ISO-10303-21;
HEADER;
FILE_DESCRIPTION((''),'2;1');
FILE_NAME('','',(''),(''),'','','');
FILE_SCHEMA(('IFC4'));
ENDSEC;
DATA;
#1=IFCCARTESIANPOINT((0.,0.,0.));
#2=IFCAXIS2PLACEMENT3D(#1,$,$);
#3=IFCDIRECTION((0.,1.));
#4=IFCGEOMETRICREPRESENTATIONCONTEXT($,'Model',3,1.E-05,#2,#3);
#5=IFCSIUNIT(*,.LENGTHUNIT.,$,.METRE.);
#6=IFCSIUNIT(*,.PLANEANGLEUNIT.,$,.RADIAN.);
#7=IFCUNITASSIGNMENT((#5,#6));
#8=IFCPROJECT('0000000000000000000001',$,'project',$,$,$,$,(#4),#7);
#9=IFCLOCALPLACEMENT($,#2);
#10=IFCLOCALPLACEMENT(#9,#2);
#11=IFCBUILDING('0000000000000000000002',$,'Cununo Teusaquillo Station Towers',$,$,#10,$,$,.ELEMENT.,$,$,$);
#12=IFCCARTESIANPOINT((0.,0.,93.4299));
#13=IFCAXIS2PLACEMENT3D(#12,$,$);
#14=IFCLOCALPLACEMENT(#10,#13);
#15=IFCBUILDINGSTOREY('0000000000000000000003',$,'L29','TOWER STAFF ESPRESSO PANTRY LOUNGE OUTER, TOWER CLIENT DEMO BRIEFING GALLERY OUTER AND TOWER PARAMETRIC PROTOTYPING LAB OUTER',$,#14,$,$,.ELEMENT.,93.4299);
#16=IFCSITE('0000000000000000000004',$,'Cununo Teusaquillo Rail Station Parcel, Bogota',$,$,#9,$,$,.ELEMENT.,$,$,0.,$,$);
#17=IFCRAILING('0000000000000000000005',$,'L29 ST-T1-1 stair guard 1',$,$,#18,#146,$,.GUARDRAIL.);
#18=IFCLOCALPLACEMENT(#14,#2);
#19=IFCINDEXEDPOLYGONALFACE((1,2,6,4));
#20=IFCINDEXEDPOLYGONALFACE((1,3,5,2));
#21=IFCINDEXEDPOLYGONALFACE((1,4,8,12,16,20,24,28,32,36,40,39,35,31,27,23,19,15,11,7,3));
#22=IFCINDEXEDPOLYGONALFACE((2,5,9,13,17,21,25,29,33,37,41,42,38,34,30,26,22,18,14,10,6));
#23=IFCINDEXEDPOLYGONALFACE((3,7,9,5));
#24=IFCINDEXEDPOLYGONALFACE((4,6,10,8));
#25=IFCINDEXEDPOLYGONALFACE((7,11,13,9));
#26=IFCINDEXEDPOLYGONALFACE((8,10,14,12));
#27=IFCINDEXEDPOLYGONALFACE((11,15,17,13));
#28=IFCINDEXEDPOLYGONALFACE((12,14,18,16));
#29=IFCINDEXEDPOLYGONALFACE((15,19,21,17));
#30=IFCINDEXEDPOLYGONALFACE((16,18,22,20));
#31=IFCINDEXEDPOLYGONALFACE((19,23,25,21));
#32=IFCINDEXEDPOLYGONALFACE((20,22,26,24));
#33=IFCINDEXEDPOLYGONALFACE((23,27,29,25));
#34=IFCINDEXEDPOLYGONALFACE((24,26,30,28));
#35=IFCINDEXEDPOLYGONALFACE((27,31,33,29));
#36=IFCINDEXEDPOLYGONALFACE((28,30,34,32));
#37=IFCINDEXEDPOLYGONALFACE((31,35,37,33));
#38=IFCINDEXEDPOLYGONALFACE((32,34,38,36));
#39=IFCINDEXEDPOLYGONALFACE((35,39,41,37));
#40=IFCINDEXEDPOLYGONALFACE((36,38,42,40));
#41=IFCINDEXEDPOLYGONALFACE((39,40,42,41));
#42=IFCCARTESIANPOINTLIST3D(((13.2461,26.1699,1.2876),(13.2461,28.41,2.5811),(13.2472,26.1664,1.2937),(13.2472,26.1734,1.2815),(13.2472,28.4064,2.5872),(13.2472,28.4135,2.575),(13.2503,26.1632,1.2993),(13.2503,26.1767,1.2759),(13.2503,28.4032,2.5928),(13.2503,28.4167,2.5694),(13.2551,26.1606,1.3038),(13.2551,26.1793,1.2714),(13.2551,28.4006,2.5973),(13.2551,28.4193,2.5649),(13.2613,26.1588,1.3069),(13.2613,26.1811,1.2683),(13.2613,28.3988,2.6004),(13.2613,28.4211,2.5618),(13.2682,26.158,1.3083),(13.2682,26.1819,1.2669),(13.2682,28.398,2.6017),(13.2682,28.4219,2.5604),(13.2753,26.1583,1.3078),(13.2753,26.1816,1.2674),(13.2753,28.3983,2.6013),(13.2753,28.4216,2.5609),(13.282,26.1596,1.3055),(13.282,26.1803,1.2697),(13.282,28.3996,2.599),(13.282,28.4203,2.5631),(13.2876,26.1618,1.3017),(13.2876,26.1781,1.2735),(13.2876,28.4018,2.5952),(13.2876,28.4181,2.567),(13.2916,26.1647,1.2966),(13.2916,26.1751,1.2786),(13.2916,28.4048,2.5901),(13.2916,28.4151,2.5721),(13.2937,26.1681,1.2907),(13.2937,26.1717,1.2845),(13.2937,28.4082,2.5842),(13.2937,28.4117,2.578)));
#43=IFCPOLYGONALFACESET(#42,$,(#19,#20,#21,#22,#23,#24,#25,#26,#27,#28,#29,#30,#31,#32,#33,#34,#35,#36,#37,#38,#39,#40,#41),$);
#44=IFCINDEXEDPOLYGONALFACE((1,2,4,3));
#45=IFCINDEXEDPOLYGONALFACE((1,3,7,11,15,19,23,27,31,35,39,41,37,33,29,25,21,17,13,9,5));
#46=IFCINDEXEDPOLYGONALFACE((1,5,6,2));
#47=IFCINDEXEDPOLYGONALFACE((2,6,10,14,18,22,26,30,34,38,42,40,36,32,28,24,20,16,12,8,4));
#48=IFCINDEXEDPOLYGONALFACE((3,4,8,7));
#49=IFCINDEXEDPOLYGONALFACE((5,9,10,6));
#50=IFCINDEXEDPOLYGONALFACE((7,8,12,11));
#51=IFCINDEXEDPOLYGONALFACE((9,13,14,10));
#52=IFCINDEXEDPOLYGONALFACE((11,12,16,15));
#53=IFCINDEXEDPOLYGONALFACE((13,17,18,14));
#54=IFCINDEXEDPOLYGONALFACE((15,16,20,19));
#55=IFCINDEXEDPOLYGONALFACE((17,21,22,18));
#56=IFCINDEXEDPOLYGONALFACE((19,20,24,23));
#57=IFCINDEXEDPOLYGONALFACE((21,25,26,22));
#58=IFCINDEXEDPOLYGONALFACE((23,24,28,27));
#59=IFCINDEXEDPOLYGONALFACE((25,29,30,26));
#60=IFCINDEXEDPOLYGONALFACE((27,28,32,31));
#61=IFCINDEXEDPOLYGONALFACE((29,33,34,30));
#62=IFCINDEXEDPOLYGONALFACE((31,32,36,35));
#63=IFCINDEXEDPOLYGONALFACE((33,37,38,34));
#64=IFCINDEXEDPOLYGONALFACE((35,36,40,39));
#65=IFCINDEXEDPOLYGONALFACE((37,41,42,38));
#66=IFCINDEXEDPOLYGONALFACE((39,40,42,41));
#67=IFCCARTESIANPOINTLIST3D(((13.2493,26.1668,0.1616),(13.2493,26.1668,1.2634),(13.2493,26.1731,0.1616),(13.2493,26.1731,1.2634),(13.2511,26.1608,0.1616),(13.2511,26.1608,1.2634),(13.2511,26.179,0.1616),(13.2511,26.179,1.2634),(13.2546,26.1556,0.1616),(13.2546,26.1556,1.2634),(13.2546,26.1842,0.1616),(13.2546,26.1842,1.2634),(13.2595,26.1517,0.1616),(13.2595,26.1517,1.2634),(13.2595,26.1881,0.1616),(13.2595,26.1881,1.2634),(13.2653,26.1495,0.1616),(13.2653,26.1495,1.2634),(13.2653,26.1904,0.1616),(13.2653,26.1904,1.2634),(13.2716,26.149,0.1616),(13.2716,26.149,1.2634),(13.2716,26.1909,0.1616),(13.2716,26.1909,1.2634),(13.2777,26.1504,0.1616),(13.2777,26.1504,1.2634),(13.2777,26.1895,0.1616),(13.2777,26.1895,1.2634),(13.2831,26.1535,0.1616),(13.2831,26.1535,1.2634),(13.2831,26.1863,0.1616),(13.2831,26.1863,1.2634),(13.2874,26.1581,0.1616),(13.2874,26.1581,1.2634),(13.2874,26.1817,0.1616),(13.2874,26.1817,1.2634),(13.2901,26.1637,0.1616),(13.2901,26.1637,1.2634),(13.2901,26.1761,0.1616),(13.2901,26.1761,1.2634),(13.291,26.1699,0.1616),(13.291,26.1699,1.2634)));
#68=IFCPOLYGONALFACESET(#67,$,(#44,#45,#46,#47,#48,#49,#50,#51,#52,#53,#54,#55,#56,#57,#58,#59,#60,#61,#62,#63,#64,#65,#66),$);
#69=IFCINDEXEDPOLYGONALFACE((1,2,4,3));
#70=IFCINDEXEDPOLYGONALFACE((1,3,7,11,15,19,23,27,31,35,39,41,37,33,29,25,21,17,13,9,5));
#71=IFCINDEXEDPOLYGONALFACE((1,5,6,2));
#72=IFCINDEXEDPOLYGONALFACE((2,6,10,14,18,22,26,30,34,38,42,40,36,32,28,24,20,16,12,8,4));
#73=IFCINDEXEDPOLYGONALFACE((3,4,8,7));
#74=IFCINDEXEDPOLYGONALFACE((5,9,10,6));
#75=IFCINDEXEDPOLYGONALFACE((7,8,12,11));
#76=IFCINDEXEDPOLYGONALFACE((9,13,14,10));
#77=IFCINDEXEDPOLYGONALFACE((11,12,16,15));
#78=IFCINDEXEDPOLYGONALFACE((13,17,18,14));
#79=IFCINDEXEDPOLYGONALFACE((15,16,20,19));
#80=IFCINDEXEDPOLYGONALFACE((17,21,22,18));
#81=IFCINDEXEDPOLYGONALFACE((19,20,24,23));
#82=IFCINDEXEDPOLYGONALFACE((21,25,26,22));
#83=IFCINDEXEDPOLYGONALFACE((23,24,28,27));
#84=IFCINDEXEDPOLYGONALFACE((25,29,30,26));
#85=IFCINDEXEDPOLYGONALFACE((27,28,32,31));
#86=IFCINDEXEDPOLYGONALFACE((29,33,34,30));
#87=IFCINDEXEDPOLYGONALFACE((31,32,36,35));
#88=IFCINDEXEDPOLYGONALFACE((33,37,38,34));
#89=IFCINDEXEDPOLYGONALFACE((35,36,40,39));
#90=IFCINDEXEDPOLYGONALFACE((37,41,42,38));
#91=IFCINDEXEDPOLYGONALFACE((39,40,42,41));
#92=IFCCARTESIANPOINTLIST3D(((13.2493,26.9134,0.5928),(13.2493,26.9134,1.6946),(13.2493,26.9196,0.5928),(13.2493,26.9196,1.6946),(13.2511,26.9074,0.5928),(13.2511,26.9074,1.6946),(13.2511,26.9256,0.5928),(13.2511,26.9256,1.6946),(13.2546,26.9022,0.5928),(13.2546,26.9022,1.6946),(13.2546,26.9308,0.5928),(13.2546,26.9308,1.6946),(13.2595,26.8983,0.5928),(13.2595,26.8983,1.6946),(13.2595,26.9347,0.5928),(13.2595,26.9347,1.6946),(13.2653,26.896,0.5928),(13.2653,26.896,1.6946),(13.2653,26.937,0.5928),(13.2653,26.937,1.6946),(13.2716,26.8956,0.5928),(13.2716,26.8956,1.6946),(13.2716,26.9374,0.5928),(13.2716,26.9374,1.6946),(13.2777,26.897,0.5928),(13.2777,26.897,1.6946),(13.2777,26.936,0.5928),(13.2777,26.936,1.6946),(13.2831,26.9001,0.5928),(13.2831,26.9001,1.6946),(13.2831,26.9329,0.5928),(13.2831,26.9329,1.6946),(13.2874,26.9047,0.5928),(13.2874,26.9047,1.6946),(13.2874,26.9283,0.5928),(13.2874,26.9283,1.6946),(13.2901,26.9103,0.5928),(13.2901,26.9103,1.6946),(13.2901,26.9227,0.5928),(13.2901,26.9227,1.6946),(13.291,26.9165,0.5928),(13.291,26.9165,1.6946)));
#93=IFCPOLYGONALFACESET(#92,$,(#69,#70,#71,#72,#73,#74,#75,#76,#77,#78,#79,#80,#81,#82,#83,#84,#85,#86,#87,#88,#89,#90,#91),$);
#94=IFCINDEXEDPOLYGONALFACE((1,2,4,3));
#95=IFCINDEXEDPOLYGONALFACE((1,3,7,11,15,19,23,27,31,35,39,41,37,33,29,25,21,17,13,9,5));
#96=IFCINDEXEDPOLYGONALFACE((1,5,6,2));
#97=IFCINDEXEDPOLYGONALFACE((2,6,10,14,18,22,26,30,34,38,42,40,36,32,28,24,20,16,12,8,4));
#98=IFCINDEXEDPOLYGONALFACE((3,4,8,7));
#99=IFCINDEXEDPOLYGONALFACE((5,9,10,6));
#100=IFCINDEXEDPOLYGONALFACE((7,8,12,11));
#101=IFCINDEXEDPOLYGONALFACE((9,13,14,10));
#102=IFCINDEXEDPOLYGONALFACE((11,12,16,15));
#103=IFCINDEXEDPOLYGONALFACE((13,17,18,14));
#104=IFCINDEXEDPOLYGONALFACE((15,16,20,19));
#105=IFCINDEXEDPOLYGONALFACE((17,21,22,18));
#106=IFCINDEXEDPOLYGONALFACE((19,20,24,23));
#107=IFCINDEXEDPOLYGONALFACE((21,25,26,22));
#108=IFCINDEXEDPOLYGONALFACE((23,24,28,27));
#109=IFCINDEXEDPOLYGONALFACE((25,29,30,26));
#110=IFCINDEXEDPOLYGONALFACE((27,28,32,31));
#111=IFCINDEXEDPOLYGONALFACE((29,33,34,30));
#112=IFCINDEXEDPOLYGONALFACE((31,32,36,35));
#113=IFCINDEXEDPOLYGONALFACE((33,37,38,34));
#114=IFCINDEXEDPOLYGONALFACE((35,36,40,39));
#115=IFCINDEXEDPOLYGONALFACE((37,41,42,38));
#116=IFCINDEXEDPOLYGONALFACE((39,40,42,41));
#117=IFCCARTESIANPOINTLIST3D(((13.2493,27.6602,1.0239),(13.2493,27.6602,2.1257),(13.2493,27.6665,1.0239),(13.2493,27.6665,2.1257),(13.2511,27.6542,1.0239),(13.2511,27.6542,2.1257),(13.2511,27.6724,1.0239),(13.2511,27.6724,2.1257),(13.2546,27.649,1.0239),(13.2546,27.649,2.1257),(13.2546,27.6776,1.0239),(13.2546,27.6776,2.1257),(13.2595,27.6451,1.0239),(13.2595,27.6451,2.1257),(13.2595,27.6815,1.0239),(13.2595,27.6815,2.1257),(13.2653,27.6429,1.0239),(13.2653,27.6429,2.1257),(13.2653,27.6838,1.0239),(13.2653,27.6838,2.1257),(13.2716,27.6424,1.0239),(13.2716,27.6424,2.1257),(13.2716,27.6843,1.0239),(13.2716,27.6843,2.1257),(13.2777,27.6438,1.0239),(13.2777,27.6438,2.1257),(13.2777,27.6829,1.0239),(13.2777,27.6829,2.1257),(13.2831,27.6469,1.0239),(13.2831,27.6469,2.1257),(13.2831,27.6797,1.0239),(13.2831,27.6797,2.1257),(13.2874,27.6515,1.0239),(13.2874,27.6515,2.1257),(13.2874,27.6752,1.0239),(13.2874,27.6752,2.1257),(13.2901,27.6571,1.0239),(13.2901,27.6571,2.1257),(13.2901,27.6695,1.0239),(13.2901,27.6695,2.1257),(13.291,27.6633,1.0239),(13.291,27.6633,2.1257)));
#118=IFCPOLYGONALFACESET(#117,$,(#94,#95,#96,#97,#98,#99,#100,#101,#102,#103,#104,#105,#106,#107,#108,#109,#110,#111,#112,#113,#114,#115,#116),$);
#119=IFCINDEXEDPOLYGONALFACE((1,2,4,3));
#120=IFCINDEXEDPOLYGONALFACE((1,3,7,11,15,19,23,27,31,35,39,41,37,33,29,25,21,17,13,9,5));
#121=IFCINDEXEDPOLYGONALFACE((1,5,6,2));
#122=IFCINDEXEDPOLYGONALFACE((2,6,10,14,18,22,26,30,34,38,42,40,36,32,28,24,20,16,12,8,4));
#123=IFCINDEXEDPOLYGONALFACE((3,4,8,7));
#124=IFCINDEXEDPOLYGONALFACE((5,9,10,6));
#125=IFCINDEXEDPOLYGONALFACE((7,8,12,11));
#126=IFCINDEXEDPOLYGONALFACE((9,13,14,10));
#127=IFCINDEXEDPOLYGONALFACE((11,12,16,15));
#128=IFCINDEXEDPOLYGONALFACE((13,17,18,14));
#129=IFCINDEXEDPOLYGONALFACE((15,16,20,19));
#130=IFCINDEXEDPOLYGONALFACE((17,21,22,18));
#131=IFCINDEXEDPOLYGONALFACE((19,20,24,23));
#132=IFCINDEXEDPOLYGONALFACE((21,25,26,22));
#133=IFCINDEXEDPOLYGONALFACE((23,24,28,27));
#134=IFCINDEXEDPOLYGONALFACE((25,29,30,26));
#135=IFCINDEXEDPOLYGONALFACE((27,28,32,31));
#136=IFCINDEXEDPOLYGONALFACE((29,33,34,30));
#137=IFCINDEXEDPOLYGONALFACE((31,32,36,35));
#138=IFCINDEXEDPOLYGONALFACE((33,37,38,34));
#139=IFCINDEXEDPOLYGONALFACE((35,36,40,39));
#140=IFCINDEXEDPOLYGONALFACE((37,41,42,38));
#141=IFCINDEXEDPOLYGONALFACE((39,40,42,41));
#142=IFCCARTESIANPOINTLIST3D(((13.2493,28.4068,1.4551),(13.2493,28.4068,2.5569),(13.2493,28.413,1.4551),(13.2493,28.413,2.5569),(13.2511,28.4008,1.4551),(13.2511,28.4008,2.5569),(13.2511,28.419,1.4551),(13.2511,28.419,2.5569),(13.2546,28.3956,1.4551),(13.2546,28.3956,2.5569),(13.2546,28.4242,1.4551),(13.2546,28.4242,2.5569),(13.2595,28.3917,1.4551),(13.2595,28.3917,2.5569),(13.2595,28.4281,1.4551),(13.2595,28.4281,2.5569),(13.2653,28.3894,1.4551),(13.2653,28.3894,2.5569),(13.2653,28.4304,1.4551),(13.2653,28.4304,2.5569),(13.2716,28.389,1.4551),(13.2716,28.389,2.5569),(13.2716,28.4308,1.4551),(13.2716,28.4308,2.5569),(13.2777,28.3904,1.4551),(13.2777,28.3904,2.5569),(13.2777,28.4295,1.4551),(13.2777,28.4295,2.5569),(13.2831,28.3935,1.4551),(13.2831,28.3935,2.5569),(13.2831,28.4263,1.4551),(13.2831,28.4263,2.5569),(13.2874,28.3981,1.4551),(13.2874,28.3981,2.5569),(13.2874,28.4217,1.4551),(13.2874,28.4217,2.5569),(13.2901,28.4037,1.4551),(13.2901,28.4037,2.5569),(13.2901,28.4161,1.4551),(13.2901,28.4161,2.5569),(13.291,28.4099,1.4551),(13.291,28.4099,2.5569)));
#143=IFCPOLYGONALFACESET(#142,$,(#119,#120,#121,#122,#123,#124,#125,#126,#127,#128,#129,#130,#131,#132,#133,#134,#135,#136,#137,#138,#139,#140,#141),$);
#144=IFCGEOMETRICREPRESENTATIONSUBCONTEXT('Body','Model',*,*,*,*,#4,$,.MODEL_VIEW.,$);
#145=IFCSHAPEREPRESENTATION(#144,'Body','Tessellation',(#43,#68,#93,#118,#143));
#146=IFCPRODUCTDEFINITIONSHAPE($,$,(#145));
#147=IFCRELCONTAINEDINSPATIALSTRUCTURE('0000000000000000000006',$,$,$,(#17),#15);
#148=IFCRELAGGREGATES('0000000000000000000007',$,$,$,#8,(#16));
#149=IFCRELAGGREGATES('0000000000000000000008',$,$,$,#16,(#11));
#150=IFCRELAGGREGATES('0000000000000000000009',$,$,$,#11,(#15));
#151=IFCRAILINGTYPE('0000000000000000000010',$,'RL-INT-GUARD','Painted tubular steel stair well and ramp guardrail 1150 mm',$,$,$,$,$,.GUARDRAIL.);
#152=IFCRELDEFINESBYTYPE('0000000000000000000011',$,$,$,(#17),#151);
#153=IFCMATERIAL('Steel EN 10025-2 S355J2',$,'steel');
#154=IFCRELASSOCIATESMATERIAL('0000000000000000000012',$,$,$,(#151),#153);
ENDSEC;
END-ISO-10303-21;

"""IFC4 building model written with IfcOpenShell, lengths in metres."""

from ifc_helpers import new_model, si_unit, direction, frame, origin, origin_2d, place, context, subcontext, project, spatial, circle, extrude, material, type_object, element, save


model = new_model("IFC4")

# Units and contexts
model_context = context("Model", 3, precision=1e-05, world=origin(), true_north=direction((0.0, 1.0)))
body_context = subcontext(model_context, "Body", "Model", "MODEL_VIEW")
ifc_project = project(units=[si_unit("LENGTHUNIT", "METRE"), si_unit("PLANEANGLEUNIT", "RADIAN")], contexts=[model_context])

# Site, building, storey
site_placement = place(None, origin())
site = spatial("IfcSite", under=ifc_project, at=site_placement, Name="Cununo Teusaquillo Rail Station Parcel, Bogota", CompositionType="ELEMENT", RefElevation=0.0)
building_placement = place(site_placement, origin())
building = spatial("IfcBuilding", under=site, at=building_placement, Name="Cununo Teusaquillo Station Towers", CompositionType="ELEMENT")
storey_placement = place(building_placement, frame((0.0, 0.0, 93.4299)))
storey = spatial("IfcBuildingStorey", under=building, at=storey_placement, Name="L29", Description="TOWER STAFF ESPRESSO PANTRY LOUNGE OUTER, TOWER CLIENT DEMO BRIEFING GALLERY OUTER AND TOWER PARAMETRIC PROTOTYPING LAB OUTER", CompositionType="ELEMENT", Elevation=93.4299)

# Railing
ifc_material_1 = material(Name="Steel EN 10025-2 S355J2", Category="steel")
railing_type_1 = type_object("IfcRailingType", Name="RL-INT-GUARD", Description="Painted tubular steel stair well and ramp guardrail 1150 mm", PredefinedType="GUARDRAIL", material=ifc_material_1)
railing_1_placement = place(storey_placement, frame((13.27, 26.1699, 0.1616)))
element("IfcRailing", 1, at=railing_1_placement, inside=storey, type_object=railing_type_1, Name="L29 ST-T1-1 stair guard 1", PredefinedType="GUARDRAIL", context=body_context, shape_type="SweptSolid", body=[
    extrude(circle(Radius=0.0239, at=origin_2d()), frame((0.0, 0.0, 1.126), z_axis=(0.0, 0.865992, 0.500057), x_axis=(-1.0, 0.0, 0.0)), (0.0, 0.0, 1.0), 2.5867),
    extrude(circle(Radius=0.021, at=origin_2d()), origin(), (0.0, 0.0, 1.0), 1.1018),
    extrude(circle(Radius=0.021, at=origin_2d()), frame((0.0, 0.7466, 0.4312)), (0.0, 0.0, 1.0), 1.1018),
    extrude(circle(Radius=0.021, at=origin_2d()), frame((0.0, 1.4934, 0.8623)), (0.0, 0.0, 1.0), 1.1018),
    extrude(circle(Radius=0.021, at=origin_2d()), frame((0.0, 2.24, 1.2935)), (0.0, 0.0, 1.0), 1.1018),
])

save(model, "model.ifc")
